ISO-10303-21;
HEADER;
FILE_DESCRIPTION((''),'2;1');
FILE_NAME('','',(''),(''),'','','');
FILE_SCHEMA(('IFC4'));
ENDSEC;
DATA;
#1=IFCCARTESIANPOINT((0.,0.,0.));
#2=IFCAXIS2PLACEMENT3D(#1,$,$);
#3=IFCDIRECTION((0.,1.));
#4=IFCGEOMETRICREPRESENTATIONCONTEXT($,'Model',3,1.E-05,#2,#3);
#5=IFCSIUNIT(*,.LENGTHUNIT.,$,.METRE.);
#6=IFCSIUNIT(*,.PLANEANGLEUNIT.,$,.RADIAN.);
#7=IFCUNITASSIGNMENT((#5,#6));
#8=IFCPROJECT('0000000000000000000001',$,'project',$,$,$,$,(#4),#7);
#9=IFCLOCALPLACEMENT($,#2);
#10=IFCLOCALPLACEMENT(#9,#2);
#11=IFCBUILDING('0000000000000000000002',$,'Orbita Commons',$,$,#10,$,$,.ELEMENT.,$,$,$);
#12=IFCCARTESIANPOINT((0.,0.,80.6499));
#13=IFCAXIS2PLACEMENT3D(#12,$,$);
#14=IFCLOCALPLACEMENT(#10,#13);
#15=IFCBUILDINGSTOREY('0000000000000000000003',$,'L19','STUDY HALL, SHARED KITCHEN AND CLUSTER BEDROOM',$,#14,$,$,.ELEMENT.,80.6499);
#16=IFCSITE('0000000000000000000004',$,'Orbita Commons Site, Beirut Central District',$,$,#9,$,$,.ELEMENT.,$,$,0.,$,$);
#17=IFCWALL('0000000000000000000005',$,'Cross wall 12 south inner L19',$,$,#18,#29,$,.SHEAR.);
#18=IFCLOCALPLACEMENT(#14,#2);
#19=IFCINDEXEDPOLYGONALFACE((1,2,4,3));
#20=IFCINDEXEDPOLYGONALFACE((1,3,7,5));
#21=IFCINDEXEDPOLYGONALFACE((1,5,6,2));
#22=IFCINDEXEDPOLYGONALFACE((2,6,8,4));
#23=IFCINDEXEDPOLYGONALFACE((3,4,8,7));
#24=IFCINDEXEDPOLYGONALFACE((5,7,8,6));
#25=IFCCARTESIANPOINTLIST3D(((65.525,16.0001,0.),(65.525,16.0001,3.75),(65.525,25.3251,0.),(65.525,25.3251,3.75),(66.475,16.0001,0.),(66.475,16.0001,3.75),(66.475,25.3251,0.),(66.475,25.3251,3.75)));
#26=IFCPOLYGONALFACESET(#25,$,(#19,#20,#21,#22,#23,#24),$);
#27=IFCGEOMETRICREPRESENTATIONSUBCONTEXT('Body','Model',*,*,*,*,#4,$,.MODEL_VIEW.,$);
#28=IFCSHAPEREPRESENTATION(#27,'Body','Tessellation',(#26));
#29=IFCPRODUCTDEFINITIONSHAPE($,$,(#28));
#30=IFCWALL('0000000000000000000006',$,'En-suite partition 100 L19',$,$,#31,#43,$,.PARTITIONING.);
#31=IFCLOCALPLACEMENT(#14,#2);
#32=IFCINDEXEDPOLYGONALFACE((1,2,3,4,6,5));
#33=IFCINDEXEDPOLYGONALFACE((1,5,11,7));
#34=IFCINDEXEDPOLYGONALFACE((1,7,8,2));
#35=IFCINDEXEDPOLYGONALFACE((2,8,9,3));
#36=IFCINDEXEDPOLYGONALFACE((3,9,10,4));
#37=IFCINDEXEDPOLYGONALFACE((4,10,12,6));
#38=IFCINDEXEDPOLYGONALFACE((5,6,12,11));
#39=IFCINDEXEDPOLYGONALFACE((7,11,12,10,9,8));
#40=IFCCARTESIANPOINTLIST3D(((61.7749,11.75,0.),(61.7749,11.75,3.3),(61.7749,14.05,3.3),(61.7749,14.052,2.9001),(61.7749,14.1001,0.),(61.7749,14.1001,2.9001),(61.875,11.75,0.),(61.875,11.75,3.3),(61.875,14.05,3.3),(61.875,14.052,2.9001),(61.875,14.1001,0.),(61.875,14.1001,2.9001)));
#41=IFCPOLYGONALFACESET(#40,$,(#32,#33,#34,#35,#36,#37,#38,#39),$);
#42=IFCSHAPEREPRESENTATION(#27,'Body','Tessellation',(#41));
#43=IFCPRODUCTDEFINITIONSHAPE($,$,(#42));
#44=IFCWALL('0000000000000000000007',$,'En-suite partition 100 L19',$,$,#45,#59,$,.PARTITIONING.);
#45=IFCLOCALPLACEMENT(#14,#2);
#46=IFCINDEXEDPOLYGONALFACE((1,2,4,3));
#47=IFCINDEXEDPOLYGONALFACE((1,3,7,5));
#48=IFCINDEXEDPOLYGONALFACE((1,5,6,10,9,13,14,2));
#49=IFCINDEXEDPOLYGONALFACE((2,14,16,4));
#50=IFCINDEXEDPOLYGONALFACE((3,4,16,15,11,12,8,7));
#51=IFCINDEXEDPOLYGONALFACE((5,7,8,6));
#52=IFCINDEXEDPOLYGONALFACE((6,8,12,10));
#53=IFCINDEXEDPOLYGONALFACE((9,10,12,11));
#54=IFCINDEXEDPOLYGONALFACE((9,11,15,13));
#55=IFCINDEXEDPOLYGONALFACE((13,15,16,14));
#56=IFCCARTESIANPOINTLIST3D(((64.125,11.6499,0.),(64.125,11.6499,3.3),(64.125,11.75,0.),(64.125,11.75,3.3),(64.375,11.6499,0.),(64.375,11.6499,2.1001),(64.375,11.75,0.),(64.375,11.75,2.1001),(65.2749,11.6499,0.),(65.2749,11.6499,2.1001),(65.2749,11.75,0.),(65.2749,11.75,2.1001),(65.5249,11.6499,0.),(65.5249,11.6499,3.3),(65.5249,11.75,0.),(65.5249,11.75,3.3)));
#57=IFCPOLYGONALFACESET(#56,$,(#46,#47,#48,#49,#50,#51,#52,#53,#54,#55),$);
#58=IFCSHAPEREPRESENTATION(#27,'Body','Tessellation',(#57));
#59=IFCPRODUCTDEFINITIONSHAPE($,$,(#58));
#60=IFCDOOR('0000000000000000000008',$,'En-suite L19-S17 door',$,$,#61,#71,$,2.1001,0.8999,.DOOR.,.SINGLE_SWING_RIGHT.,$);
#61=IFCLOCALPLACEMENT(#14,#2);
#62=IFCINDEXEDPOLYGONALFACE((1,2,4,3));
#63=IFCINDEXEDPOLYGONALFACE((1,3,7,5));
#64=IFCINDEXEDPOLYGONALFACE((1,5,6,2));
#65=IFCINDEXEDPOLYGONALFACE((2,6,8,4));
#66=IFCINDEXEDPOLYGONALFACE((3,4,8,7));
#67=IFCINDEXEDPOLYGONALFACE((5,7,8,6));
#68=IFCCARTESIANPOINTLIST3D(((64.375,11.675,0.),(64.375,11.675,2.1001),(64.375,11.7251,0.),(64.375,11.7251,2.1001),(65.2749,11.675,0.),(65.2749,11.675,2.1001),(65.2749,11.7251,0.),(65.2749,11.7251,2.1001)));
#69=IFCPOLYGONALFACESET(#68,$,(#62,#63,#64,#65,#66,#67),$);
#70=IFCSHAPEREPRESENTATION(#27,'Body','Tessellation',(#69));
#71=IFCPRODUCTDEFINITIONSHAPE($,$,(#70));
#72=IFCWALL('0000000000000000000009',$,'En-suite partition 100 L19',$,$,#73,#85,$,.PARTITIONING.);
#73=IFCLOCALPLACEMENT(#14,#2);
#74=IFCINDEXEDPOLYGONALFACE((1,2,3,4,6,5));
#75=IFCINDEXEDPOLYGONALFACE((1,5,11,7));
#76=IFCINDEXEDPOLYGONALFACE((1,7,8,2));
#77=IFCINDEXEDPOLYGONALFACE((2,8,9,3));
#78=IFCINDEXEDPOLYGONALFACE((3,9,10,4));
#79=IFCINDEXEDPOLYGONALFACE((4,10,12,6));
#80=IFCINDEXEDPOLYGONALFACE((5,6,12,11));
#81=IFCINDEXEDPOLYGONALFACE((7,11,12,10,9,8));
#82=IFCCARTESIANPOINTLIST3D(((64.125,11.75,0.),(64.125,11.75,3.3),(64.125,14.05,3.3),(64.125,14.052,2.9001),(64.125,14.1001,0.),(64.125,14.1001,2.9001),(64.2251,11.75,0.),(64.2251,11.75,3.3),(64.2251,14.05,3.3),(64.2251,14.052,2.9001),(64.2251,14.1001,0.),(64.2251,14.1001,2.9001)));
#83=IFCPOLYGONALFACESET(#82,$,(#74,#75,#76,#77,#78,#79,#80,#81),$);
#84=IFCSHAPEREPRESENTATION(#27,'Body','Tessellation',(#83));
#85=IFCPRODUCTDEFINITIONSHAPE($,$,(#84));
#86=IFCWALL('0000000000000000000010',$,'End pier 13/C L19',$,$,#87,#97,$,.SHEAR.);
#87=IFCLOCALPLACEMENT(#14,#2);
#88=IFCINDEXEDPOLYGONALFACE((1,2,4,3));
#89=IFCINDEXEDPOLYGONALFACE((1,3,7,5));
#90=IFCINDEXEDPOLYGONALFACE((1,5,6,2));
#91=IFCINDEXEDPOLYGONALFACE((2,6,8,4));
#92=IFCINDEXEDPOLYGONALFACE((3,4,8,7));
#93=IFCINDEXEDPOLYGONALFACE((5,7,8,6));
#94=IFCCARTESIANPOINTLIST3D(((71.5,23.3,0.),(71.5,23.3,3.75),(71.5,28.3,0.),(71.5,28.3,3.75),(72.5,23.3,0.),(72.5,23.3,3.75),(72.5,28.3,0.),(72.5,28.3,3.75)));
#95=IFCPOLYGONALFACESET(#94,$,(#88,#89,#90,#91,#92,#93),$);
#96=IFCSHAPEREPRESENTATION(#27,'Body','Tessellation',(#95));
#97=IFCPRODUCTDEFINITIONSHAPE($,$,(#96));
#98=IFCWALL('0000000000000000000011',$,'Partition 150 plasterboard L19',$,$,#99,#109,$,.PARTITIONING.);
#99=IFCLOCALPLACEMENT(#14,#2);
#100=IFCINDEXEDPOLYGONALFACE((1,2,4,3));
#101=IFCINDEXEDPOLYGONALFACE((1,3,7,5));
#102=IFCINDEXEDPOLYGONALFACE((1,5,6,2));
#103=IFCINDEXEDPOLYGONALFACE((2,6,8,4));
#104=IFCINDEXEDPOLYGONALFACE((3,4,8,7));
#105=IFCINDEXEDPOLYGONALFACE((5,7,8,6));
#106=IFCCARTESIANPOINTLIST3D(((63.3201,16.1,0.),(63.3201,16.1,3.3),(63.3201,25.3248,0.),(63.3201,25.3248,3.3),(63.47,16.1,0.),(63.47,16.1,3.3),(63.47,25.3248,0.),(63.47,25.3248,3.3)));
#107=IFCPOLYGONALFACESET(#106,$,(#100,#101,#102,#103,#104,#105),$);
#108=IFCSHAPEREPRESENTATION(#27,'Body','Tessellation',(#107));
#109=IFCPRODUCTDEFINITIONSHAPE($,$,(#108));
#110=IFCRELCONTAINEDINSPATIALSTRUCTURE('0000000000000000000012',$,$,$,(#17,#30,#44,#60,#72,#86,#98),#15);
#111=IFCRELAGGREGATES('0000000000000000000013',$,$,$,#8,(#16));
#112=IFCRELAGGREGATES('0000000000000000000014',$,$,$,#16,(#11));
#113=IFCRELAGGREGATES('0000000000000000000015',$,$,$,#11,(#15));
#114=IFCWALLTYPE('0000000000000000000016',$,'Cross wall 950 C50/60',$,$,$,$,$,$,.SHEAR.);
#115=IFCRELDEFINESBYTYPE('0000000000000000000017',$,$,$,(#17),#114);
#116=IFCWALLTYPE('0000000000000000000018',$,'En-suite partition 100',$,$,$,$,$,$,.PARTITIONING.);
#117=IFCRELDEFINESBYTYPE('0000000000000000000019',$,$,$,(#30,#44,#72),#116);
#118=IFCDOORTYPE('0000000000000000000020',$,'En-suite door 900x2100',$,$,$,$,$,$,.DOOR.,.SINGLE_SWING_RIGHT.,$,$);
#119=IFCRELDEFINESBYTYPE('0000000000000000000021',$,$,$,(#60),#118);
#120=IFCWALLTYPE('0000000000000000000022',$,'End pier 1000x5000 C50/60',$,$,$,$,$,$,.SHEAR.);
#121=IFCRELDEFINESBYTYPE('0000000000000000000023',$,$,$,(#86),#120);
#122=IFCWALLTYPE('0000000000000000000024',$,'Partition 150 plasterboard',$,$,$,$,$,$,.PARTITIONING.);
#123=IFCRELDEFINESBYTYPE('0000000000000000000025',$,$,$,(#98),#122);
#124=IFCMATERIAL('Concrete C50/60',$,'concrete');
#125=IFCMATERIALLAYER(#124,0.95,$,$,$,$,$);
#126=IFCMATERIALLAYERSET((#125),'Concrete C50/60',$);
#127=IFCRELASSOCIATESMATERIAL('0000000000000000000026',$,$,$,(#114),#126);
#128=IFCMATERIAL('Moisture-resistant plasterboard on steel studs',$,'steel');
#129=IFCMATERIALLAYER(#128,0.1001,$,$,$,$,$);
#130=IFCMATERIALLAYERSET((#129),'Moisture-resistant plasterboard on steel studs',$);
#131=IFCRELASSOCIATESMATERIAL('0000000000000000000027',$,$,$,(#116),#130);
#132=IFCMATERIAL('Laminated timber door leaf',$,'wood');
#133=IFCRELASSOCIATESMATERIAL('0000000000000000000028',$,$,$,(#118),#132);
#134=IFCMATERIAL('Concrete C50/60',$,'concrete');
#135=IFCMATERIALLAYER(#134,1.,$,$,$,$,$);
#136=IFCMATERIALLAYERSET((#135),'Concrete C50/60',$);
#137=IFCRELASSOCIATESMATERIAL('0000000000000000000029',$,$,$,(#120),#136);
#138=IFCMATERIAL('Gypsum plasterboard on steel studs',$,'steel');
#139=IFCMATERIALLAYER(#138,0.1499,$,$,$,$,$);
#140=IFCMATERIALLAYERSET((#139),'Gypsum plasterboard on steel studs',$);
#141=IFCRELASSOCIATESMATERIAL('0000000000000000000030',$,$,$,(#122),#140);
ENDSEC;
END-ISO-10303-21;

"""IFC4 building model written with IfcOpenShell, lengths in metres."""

from ifc_helpers import new_model, si_unit, direction, frame, frame_2d, origin, place, context, subcontext, project, spatial, polyline, rectangle, outline, extrude, material, layer, layer_set, type_object, element, fill, save


model = new_model("IFC4")

# Units and contexts
model_context = context("Model", 3, precision=1e-05, world=origin(), true_north=direction((0.0, 1.0)))
body_context = subcontext(model_context, "Body", "Model", "MODEL_VIEW")
ifc_project = project(units=[si_unit("LENGTHUNIT", "METRE"), si_unit("PLANEANGLEUNIT", "RADIAN")], contexts=[model_context])

# Site, building, storey
site_placement = place(None, origin())
site = spatial("IfcSite", under=ifc_project, at=site_placement, Name="Orbita Commons Site, Beirut Central District", CompositionType="ELEMENT", RefElevation=0.0)
building_placement = place(site_placement, origin())
building = spatial("IfcBuilding", under=site, at=building_placement, Name="Orbita Commons", CompositionType="ELEMENT")
storey_placement = place(building_placement, frame((0.0, 0.0, 80.6499)))
storey = spatial("IfcBuildingStorey", under=building, at=storey_placement, Name="L19", Description="STUDY HALL, SHARED KITCHEN AND CLUSTER BEDROOM", CompositionType="ELEMENT", Elevation=80.6499)

# Walls
ifc_material_1 = material(Name="Concrete C50/60", Category="concrete")
ifc_layer_1 = layer(ifc_material_1, 0.95)
ifc_layer_set_1 = layer_set([ifc_layer_1], Name="Concrete C50/60")
wall_type_1 = type_object("IfcWallType", Name="Cross wall 950 C50/60", PredefinedType="SHEAR", material=ifc_layer_set_1)
wall_1_placement = place(storey_placement, frame((66.0, 16.0, 0.0), z_axis=(0.0, 0.0, 1.0), x_axis=(0.0, 1.0, 0.0)))
element("IfcWall", 1, at=wall_1_placement, inside=storey, type_object=wall_type_1, Name="Cross wall 12 south inner L19", PredefinedType="SHEAR", context=body_context, shape_type="SweptSolid", body=[
    extrude(rectangle(XDim=9.325, YDim=0.95, at=frame_2d((4.6626, 0.0))), origin(), (0.0, 0.0, 1.0), 3.75),
])
ifc_material_2 = material(Name="Moisture-resistant plasterboard on steel studs", Category="steel")
ifc_layer_2 = layer(ifc_material_2, 0.1001)
ifc_layer_set_2 = layer_set([ifc_layer_2], Name="Moisture-resistant plasterboard on steel studs")
wall_type_2 = type_object("IfcWallType", Name="En-suite partition 100", PredefinedType="PARTITIONING", material=ifc_layer_set_2)
wall_2_placement = place(storey_placement, frame((61.825, 11.75, 0.0), z_axis=(0.0, 0.0, 1.0), x_axis=(0.0, 1.0, 0.0)))
element("IfcWall", 2, at=wall_2_placement, inside=storey, type_object=wall_type_2, Name="En-suite partition 100 L19", PredefinedType="PARTITIONING", context=body_context, shape_type="SweptSolid", body=[
    extrude(outline(polyline([(0.0, 0.0), (2.3501, 0.0), (2.3501, 2.9001), (2.302, 2.9001), (2.3, 3.3), (0.0, 3.3), (0.0, 0.0)])), frame((0.0, 0.05, 0.0), z_axis=(0.0, -1.0, 0.0), x_axis=(1.0, 0.0, 0.0)), (0.0, 0.0, 1.0), 0.1001),
])

# Wall, opening, door
wall_3_placement = place(storey_placement, frame((65.5249, 11.7, 0.0), z_axis=(0.0, 0.0, 1.0), x_axis=(-1.0, 0.0, 0.0)))
wall_3 = element("IfcWall", 3, at=wall_3_placement, inside=storey, type_object=wall_type_2, Name="En-suite partition 100 L19", PredefinedType="PARTITIONING", context=body_context, shape_type="SweptSolid", body=[
    extrude(rectangle(XDim=1.3999, YDim=0.1001, at=frame_2d((0.7, 0.0))), origin(), (0.0, 0.0, 1.0), 3.3),
])
opening_1_placement = place(wall_3_placement, frame((0.25, 0.0, 0.0)))
opening_1 = element("IfcOpeningElement", 4, at=opening_1_placement, cuts=wall_3, PredefinedType="OPENING", context=body_context, shape_type="SweptSolid", body=[
    extrude(rectangle(XDim=0.8999, YDim=2.1001, at=frame_2d((0.45, 1.05))), frame((0.0, 0.0601, 0.0), z_axis=(0.0, -1.0, 0.0), x_axis=(1.0, 0.0, 0.0)), (0.0, 0.0, 1.0), 0.1201),
])
ifc_material_3 = material(Name="Laminated timber door leaf", Category="wood")
door_type_1 = type_object("IfcDoorType", Name="En-suite door 900x2100", OperationType="SINGLE_SWING_RIGHT", PredefinedType="DOOR", material=ifc_material_3)
door_1_placement = place(opening_1_placement, origin())
door_1 = element("IfcDoor", 5, at=door_1_placement, inside=storey, type_object=door_type_1, Name="En-suite L19-S17 door", OperationType="SINGLE_SWING_RIGHT", OverallHeight=2.1001, OverallWidth=0.8999, PredefinedType="DOOR", context=body_context, shape_type="SweptSolid", body=[
    extrude(rectangle(XDim=0.8999, YDim=2.1001, at=frame_2d((0.45, 1.05))), frame((0.0, 0.0249, 0.0), z_axis=(0.0, -1.0, 0.0), x_axis=(1.0, 0.0, 0.0)), (0.0, 0.0, 1.0), 0.05),
])
fill(opening_1, door_1)

# Walls
wall_4_placement = place(storey_placement, frame((64.175, 11.75, 0.0), z_axis=(0.0, 0.0, 1.0), x_axis=(0.0, 1.0, 0.0)))
element("IfcWall", 6, at=wall_4_placement, inside=storey, type_object=wall_type_2, Name="En-suite partition 100 L19", PredefinedType="PARTITIONING", context=body_context, shape_type="SweptSolid", body=[
    extrude(outline(polyline([(0.0, 0.0), (2.3501, 0.0), (2.3501, 2.9001), (2.302, 2.9001), (2.3, 3.3), (0.0, 3.3), (0.0, 0.0)])), frame((0.0, 0.05, 0.0), z_axis=(0.0, -1.0, 0.0), x_axis=(1.0, 0.0, 0.0)), (0.0, 0.0, 1.0), 0.1001),
])
ifc_material_4 = material(Name="Concrete C50/60", Category="concrete")
ifc_layer_3 = layer(ifc_material_4, 1.0)
ifc_layer_set_3 = layer_set([ifc_layer_3], Name="Concrete C50/60")
wall_type_3 = type_object("IfcWallType", Name="End pier 1000x5000 C50/60", PredefinedType="SHEAR", material=ifc_layer_set_3)
wall_5_placement = place(storey_placement, frame((72.0, 23.3, 0.0), z_axis=(0.0, 0.0, 1.0), x_axis=(0.0, 1.0, 0.0)))
element("IfcWall", 7, at=wall_5_placement, inside=storey, type_object=wall_type_3, Name="End pier 13/C L19", PredefinedType="SHEAR", context=body_context, shape_type="SweptSolid", body=[
    extrude(rectangle(XDim=5.0, YDim=1.0, at=frame_2d((2.5, 0.0))), origin(), (0.0, 0.0, 1.0), 3.75),
])
ifc_material_5 = material(Name="Gypsum plasterboard on steel studs", Category="steel")
ifc_layer_4 = layer(ifc_material_5, 0.1499)
ifc_layer_set_4 = layer_set([ifc_layer_4], Name="Gypsum plasterboard on steel studs")
wall_type_4 = type_object("IfcWallType", Name="Partition 150 plasterboard", PredefinedType="PARTITIONING", material=ifc_layer_set_4)
wall_6_placement = place(storey_placement, frame((63.395, 16.1001, 0.0), z_axis=(0.0, 0.0, 1.0), x_axis=(0.0, 1.0, 0.0)))
element("IfcWall", 8, at=wall_6_placement, inside=storey, type_object=wall_type_4, Name="Partition 150 plasterboard L19", PredefinedType="PARTITIONING", context=body_context, shape_type="SweptSolid", body=[
    extrude(rectangle(XDim=9.2249, YDim=0.1499, at=frame_2d((4.6123, 0.0))), origin(), (0.0, 0.0, 1.0), 3.3),
])

save(model, "model.ifc")
